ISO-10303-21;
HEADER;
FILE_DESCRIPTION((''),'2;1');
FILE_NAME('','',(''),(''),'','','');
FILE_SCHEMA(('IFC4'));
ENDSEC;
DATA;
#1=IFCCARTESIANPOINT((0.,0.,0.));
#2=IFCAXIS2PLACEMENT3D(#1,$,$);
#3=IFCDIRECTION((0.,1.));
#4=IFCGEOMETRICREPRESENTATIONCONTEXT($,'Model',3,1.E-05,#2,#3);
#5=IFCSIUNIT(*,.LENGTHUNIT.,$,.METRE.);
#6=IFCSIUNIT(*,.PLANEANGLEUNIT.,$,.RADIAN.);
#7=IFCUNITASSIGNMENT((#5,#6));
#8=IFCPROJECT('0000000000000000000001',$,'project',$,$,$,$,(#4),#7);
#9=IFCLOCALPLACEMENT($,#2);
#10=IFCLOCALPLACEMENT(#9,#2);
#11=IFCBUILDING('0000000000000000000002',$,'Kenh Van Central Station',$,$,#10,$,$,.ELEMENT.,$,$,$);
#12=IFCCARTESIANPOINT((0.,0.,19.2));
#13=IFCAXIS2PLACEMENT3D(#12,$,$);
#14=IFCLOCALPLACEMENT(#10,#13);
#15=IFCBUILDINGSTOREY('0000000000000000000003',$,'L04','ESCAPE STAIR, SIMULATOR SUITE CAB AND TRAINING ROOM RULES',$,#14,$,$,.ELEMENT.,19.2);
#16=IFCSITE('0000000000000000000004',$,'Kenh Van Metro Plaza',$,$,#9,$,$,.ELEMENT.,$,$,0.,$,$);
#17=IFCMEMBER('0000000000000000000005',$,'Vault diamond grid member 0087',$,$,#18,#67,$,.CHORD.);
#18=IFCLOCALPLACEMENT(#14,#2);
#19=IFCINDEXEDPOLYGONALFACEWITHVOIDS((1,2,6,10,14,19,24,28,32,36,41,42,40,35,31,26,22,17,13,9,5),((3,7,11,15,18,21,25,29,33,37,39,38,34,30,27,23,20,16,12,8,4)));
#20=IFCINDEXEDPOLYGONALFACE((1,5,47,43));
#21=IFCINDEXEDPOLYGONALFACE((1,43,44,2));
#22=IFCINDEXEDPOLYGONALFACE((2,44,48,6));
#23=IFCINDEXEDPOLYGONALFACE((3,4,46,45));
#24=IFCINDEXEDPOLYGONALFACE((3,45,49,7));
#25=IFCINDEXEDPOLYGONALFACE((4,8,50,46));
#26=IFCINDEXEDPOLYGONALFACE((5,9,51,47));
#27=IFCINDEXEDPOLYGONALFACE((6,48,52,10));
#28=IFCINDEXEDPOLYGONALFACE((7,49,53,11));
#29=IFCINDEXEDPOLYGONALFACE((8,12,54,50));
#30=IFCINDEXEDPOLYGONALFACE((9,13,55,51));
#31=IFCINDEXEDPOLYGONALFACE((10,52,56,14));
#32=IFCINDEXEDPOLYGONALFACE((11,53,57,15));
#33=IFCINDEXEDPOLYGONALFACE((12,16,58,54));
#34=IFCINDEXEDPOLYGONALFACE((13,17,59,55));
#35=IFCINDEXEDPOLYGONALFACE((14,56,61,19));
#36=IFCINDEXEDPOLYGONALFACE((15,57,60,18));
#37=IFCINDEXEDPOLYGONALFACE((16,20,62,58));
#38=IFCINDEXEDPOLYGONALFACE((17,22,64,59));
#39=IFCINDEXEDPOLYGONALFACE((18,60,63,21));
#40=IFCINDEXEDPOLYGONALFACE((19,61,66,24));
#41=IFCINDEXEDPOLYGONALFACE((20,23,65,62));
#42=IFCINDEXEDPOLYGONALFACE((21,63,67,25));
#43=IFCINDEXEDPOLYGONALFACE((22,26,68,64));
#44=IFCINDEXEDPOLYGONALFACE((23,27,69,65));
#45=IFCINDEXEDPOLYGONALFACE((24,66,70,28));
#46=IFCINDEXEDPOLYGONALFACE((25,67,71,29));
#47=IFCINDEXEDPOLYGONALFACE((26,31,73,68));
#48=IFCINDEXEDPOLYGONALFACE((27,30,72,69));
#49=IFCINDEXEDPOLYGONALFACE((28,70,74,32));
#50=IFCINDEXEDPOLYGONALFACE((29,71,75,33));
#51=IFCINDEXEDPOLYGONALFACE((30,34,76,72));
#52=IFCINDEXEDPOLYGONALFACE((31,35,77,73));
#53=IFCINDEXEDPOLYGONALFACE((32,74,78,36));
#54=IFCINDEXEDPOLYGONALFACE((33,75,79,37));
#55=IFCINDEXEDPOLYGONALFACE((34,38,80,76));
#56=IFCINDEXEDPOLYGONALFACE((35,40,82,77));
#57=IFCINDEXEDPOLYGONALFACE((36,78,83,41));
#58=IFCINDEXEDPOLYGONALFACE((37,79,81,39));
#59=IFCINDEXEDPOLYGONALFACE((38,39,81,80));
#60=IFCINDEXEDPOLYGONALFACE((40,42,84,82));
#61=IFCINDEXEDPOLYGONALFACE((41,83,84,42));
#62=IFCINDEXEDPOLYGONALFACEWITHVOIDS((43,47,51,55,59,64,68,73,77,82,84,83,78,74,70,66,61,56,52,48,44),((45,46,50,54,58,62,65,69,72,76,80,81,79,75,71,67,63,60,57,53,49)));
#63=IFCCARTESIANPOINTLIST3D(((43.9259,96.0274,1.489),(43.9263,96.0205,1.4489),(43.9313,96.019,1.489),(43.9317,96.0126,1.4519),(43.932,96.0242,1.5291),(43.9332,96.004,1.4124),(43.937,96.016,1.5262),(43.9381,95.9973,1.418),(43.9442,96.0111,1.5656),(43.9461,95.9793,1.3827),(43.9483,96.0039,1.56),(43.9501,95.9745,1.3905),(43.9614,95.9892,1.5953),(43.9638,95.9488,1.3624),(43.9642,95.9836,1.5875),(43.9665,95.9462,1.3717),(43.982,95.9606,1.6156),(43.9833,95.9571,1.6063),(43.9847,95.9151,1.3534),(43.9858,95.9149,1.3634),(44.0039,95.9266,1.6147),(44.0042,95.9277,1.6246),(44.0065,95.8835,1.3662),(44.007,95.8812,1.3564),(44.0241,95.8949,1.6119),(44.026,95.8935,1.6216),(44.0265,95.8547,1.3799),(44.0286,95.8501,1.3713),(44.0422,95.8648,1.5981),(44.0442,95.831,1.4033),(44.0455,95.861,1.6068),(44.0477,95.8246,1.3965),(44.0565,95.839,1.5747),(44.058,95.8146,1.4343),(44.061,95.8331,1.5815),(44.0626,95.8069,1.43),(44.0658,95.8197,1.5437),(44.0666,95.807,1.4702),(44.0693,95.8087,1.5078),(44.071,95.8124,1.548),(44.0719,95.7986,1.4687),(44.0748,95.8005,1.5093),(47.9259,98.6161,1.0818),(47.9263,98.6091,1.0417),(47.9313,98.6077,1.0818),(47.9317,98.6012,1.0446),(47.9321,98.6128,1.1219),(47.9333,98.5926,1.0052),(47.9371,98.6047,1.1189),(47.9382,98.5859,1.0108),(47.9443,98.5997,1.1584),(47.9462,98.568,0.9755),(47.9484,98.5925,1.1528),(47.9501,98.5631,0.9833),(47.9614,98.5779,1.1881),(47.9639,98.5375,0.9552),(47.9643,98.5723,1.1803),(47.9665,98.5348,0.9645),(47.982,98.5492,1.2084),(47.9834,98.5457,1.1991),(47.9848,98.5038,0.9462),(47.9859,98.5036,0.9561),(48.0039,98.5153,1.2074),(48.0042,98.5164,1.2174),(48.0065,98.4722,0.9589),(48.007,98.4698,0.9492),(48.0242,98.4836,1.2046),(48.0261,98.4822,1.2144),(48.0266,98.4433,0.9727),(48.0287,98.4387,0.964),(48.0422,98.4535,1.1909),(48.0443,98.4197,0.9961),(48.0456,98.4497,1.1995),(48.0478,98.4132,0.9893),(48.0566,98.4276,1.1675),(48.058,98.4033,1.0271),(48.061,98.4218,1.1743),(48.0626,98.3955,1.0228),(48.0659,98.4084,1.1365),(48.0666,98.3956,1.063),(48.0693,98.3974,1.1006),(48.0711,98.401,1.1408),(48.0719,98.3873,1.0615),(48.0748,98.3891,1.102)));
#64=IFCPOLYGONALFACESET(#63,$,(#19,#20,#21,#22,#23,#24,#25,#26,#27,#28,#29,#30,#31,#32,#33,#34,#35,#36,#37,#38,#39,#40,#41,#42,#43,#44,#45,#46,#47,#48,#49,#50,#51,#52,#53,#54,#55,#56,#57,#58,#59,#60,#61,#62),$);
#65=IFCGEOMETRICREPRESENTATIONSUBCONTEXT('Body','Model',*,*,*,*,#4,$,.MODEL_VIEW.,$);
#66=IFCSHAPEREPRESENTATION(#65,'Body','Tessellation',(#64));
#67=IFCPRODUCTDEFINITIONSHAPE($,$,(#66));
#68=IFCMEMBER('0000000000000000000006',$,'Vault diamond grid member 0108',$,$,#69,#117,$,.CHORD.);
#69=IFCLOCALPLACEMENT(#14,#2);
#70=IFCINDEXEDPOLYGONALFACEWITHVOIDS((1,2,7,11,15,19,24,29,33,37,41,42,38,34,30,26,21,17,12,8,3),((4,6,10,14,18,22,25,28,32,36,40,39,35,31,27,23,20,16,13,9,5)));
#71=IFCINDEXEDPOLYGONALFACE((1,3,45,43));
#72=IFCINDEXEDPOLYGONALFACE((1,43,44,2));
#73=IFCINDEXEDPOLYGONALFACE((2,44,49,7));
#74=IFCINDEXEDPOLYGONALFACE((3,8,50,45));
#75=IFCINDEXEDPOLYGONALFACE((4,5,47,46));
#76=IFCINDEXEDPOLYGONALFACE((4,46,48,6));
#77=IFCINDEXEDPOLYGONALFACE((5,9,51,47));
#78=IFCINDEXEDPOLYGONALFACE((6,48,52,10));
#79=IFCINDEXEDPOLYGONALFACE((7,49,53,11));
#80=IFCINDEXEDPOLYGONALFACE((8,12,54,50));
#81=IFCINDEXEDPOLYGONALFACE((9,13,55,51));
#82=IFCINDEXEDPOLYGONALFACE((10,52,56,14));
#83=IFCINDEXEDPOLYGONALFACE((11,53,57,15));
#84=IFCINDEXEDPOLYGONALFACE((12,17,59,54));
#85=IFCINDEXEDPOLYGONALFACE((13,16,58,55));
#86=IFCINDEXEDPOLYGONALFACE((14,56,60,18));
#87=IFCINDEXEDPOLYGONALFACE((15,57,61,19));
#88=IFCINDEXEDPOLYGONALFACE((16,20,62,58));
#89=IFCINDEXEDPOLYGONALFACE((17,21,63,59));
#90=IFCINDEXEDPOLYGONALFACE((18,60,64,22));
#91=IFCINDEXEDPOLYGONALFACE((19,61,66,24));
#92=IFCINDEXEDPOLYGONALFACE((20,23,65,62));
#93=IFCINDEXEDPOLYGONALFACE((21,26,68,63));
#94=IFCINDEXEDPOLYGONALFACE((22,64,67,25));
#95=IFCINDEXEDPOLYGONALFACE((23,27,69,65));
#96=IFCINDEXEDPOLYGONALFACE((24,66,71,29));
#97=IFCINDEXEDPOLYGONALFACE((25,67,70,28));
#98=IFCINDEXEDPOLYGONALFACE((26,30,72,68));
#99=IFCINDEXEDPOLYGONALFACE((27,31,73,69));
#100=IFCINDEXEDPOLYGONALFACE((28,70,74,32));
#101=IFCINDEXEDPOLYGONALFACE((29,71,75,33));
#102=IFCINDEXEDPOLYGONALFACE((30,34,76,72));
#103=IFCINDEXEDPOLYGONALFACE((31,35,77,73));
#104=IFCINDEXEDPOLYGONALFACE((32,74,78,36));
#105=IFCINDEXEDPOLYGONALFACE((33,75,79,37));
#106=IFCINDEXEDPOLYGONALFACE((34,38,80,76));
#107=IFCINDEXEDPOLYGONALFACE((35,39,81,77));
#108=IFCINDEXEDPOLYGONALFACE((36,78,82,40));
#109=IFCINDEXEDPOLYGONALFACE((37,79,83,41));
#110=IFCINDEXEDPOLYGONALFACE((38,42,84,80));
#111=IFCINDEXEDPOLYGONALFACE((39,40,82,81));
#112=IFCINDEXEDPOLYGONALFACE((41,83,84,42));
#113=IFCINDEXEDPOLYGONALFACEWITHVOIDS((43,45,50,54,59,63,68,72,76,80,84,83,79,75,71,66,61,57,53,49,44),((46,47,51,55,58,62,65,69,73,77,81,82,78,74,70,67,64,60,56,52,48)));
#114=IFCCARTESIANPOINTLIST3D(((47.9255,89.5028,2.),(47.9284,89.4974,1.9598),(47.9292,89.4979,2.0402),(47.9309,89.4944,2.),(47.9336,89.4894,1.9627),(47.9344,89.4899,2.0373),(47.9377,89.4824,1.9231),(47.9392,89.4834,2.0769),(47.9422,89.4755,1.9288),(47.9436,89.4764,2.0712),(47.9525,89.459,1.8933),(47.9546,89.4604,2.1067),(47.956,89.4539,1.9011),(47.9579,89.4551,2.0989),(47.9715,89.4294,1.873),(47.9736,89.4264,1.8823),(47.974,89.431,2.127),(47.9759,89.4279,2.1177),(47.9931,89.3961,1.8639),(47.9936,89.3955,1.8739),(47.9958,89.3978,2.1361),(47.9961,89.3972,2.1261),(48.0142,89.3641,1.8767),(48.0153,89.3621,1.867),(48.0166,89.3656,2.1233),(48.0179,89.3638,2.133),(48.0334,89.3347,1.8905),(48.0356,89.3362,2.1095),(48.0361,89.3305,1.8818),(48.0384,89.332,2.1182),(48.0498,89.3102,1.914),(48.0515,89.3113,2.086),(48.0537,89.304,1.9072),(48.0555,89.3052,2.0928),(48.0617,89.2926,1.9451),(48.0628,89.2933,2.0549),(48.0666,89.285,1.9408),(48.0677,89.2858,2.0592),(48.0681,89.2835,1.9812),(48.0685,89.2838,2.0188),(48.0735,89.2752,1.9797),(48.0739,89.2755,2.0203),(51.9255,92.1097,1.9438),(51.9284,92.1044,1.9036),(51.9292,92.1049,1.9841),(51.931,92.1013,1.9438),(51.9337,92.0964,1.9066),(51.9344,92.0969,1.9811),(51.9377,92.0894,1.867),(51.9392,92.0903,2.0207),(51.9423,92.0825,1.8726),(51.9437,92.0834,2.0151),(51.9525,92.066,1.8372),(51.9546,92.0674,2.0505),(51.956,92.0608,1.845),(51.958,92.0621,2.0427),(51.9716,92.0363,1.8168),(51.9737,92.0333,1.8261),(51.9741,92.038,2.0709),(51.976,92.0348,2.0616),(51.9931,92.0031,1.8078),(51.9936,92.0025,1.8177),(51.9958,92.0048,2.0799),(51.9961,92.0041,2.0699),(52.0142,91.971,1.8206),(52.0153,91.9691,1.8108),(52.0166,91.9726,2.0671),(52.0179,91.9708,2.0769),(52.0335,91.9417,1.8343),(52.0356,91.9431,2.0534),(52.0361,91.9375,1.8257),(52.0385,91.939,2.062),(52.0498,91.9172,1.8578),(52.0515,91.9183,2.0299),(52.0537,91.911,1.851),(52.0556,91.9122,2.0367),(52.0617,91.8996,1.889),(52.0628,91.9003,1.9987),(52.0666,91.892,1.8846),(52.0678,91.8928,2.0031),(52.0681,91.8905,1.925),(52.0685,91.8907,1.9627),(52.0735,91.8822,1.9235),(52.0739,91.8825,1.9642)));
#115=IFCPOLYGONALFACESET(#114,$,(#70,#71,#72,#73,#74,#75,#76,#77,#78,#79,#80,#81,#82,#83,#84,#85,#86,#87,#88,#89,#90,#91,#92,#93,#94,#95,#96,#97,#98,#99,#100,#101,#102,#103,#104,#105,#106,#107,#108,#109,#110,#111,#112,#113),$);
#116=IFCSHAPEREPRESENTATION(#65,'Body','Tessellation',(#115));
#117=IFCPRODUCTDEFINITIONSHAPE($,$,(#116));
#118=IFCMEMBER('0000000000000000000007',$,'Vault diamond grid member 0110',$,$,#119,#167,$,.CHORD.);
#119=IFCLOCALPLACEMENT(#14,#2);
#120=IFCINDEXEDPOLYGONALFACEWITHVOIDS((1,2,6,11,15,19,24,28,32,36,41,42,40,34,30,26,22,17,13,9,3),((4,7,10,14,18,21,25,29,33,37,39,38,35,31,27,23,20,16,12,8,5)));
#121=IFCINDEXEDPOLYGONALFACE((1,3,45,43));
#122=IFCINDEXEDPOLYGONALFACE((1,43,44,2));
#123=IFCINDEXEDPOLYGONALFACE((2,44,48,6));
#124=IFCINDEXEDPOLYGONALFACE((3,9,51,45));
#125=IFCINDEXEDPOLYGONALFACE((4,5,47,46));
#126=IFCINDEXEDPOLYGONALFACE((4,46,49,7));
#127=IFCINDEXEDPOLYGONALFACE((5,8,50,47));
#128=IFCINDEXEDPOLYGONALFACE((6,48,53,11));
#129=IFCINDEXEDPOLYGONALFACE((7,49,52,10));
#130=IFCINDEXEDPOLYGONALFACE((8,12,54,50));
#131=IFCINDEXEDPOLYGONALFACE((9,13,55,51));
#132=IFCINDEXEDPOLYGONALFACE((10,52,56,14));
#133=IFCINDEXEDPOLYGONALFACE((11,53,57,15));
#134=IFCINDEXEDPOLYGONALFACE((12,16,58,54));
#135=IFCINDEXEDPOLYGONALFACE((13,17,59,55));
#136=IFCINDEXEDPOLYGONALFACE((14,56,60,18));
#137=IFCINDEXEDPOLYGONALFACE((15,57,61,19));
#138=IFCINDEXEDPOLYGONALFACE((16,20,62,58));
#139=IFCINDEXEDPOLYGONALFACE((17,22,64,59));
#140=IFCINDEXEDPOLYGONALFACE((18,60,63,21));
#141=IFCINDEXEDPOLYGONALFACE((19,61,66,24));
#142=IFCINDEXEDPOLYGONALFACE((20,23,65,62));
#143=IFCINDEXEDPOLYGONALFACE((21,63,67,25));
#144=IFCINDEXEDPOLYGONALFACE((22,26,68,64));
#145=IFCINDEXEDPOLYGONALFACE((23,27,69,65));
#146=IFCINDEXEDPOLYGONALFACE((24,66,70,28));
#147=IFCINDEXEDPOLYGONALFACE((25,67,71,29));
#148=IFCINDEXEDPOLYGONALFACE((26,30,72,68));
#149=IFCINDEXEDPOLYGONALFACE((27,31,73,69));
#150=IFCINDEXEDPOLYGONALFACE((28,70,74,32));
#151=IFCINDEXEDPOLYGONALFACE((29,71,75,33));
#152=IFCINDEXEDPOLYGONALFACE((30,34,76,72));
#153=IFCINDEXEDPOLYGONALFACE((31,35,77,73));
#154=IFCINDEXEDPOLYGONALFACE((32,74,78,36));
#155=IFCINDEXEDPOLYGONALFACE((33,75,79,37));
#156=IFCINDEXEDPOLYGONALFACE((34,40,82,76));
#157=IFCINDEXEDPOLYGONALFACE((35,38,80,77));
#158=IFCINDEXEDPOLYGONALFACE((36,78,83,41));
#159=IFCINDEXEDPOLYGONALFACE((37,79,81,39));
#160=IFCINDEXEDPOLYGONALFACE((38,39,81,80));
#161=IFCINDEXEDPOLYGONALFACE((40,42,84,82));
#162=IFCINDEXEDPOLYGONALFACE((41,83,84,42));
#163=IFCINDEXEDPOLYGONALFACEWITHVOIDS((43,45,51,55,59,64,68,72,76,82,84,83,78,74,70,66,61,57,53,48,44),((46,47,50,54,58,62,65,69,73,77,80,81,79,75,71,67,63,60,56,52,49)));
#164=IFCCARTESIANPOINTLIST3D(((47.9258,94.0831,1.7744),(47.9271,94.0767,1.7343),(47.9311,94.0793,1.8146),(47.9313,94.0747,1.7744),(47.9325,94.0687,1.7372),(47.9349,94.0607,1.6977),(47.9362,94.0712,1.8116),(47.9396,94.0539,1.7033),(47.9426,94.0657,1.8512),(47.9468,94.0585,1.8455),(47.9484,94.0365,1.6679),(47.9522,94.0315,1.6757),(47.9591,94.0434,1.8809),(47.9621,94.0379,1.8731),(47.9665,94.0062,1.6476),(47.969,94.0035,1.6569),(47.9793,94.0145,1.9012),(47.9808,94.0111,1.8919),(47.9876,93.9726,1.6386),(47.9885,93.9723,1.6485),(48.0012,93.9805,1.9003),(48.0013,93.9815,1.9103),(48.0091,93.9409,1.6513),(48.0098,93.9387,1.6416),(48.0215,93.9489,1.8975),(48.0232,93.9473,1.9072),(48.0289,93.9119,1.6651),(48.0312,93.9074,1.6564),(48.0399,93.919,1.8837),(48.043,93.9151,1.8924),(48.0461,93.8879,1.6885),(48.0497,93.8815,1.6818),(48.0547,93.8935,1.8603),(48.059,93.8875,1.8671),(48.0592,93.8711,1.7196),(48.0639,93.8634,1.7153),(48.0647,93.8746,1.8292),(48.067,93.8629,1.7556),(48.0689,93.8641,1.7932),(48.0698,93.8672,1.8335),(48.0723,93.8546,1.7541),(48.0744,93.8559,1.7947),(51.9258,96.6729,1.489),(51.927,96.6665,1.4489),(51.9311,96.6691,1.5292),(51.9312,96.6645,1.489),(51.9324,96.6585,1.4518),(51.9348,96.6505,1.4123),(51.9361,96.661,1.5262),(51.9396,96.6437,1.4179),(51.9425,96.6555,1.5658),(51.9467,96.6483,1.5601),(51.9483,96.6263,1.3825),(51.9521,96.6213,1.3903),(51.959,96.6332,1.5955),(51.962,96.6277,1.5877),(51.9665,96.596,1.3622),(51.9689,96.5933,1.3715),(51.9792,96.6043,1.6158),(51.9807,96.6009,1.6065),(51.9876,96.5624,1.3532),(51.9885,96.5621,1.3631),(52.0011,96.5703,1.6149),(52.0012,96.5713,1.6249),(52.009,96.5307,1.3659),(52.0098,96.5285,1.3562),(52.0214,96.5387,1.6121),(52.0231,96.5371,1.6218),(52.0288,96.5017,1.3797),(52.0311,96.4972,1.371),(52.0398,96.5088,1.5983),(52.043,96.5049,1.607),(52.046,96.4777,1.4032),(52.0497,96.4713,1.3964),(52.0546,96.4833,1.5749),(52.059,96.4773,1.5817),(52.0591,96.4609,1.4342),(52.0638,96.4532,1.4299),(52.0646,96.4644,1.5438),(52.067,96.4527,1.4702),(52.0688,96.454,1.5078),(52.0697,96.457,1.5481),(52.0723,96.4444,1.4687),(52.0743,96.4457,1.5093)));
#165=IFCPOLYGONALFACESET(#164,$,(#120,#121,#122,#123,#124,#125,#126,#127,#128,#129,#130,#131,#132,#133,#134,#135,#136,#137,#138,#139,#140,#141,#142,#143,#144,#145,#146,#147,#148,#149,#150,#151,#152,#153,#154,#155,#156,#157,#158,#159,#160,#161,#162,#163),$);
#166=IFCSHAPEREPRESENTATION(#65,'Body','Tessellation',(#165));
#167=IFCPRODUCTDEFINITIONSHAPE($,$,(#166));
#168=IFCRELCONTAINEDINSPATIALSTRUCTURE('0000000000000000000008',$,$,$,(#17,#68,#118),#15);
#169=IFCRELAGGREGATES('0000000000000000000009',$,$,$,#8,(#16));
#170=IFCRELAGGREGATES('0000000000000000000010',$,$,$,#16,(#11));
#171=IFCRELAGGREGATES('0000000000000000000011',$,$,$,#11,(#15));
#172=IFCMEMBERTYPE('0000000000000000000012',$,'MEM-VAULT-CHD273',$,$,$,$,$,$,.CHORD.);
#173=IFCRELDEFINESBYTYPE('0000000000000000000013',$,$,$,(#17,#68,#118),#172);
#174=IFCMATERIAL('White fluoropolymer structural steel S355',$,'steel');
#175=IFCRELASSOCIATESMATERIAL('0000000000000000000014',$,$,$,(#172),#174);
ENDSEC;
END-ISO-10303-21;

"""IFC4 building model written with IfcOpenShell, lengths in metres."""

from ifc_helpers import new_model, si_unit, direction, frame, origin, origin_2d, place, context, subcontext, project, spatial, hollow_circle, extrude, material, material_profile, profile_set, type_object, element, save


model = new_model("IFC4")

# Units and contexts
model_context = context("Model", 3, precision=1e-05, world=origin(), true_north=direction((0.0, 1.0)))
body_context = subcontext(model_context, "Body", "Model", "MODEL_VIEW")
ifc_project = project(units=[si_unit("LENGTHUNIT", "METRE"), si_unit("PLANEANGLEUNIT", "RADIAN")], contexts=[model_context])

# Site, building, storey
site_placement = place(None, origin())
site = spatial("IfcSite", under=ifc_project, at=site_placement, Name="Kenh Van Metro Plaza", CompositionType="ELEMENT", RefElevation=0.0)
building_placement = place(site_placement, origin())
building = spatial("IfcBuilding", under=site, at=building_placement, Name="Kenh Van Central Station", CompositionType="ELEMENT")
storey_placement = place(building_placement, frame((0.0, 0.0, 19.2)))
storey = spatial("IfcBuildingStorey", under=building, at=storey_placement, Name="L04", Description="ESCAPE STAIR, SIMULATOR SUITE CAB AND TRAINING ROOM RULES", CompositionType="ELEMENT", Elevation=19.2)

# Shared definitions
ifc_material_1 = material(Name="White fluoropolymer structural steel S355", Category="steel")

# Members
ifc_material_profile_1 = material_profile(ifc_material_1, hollow_circle(Radius=0.1365, WallThickness=0.01, at=origin_2d()), Name="CHS 273x10")
ifc_profile_set_1 = profile_set([ifc_material_profile_1], Name="White fluoropolymer structural steel S355")
member_type_1 = type_object("IfcMemberType", Name="MEM-VAULT-CHD273", PredefinedType="CHORD", material=ifc_profile_set_1)
member_1_placement = place(storey_placement, frame((44.0, 95.9128, 1.489), z_axis=(0.836483, 0.541335, -0.08516), x_axis=(-0.543309, 0.839533, 0.0)))
element("IfcMember", 1, at=member_1_placement, inside=storey, type_object=member_type_1, Name="Vault diamond grid member 0087", PredefinedType="CHORD", context=body_context, shape_type="SweptSolid", body=[
    extrude(hollow_circle(Radius=0.1365, WallThickness=0.01, at=origin_2d()), origin(), (0.0, 0.0, 1.0), 4.782),
])
member_2_placement = place(storey_placement, frame((48.0, 89.3884, 2.0), z_axis=(0.837721, 0.545971, -0.01176), x_axis=(-0.546009, 0.837779, 0.0)))
element("IfcMember", 2, at=member_2_placement, inside=storey, type_object=member_type_1, Name="Vault diamond grid member 0108", PredefinedType="CHORD", context=body_context, shape_type="SweptSolid", body=[
    extrude(hollow_circle(Radius=0.1365, WallThickness=0.01, at=origin_2d()), origin(), (0.0, 0.0, 1.0), 4.7749),
])
member_3_placement = place(storey_placement, frame((48.0, 93.9685, 1.7744), z_axis=(0.837915, 0.542517, -0.059785), x_axis=(-0.543489, 0.839416, 0.0)))
element("IfcMember", 3, at=member_3_placement, inside=storey, type_object=member_type_1, Name="Vault diamond grid member 0110", PredefinedType="CHORD", context=body_context, shape_type="SweptSolid", body=[
    extrude(hollow_circle(Radius=0.1365, WallThickness=0.01, at=origin_2d()), origin(), (0.0, 0.0, 1.0), 4.7737),
])

save(model, "model.ifc")
